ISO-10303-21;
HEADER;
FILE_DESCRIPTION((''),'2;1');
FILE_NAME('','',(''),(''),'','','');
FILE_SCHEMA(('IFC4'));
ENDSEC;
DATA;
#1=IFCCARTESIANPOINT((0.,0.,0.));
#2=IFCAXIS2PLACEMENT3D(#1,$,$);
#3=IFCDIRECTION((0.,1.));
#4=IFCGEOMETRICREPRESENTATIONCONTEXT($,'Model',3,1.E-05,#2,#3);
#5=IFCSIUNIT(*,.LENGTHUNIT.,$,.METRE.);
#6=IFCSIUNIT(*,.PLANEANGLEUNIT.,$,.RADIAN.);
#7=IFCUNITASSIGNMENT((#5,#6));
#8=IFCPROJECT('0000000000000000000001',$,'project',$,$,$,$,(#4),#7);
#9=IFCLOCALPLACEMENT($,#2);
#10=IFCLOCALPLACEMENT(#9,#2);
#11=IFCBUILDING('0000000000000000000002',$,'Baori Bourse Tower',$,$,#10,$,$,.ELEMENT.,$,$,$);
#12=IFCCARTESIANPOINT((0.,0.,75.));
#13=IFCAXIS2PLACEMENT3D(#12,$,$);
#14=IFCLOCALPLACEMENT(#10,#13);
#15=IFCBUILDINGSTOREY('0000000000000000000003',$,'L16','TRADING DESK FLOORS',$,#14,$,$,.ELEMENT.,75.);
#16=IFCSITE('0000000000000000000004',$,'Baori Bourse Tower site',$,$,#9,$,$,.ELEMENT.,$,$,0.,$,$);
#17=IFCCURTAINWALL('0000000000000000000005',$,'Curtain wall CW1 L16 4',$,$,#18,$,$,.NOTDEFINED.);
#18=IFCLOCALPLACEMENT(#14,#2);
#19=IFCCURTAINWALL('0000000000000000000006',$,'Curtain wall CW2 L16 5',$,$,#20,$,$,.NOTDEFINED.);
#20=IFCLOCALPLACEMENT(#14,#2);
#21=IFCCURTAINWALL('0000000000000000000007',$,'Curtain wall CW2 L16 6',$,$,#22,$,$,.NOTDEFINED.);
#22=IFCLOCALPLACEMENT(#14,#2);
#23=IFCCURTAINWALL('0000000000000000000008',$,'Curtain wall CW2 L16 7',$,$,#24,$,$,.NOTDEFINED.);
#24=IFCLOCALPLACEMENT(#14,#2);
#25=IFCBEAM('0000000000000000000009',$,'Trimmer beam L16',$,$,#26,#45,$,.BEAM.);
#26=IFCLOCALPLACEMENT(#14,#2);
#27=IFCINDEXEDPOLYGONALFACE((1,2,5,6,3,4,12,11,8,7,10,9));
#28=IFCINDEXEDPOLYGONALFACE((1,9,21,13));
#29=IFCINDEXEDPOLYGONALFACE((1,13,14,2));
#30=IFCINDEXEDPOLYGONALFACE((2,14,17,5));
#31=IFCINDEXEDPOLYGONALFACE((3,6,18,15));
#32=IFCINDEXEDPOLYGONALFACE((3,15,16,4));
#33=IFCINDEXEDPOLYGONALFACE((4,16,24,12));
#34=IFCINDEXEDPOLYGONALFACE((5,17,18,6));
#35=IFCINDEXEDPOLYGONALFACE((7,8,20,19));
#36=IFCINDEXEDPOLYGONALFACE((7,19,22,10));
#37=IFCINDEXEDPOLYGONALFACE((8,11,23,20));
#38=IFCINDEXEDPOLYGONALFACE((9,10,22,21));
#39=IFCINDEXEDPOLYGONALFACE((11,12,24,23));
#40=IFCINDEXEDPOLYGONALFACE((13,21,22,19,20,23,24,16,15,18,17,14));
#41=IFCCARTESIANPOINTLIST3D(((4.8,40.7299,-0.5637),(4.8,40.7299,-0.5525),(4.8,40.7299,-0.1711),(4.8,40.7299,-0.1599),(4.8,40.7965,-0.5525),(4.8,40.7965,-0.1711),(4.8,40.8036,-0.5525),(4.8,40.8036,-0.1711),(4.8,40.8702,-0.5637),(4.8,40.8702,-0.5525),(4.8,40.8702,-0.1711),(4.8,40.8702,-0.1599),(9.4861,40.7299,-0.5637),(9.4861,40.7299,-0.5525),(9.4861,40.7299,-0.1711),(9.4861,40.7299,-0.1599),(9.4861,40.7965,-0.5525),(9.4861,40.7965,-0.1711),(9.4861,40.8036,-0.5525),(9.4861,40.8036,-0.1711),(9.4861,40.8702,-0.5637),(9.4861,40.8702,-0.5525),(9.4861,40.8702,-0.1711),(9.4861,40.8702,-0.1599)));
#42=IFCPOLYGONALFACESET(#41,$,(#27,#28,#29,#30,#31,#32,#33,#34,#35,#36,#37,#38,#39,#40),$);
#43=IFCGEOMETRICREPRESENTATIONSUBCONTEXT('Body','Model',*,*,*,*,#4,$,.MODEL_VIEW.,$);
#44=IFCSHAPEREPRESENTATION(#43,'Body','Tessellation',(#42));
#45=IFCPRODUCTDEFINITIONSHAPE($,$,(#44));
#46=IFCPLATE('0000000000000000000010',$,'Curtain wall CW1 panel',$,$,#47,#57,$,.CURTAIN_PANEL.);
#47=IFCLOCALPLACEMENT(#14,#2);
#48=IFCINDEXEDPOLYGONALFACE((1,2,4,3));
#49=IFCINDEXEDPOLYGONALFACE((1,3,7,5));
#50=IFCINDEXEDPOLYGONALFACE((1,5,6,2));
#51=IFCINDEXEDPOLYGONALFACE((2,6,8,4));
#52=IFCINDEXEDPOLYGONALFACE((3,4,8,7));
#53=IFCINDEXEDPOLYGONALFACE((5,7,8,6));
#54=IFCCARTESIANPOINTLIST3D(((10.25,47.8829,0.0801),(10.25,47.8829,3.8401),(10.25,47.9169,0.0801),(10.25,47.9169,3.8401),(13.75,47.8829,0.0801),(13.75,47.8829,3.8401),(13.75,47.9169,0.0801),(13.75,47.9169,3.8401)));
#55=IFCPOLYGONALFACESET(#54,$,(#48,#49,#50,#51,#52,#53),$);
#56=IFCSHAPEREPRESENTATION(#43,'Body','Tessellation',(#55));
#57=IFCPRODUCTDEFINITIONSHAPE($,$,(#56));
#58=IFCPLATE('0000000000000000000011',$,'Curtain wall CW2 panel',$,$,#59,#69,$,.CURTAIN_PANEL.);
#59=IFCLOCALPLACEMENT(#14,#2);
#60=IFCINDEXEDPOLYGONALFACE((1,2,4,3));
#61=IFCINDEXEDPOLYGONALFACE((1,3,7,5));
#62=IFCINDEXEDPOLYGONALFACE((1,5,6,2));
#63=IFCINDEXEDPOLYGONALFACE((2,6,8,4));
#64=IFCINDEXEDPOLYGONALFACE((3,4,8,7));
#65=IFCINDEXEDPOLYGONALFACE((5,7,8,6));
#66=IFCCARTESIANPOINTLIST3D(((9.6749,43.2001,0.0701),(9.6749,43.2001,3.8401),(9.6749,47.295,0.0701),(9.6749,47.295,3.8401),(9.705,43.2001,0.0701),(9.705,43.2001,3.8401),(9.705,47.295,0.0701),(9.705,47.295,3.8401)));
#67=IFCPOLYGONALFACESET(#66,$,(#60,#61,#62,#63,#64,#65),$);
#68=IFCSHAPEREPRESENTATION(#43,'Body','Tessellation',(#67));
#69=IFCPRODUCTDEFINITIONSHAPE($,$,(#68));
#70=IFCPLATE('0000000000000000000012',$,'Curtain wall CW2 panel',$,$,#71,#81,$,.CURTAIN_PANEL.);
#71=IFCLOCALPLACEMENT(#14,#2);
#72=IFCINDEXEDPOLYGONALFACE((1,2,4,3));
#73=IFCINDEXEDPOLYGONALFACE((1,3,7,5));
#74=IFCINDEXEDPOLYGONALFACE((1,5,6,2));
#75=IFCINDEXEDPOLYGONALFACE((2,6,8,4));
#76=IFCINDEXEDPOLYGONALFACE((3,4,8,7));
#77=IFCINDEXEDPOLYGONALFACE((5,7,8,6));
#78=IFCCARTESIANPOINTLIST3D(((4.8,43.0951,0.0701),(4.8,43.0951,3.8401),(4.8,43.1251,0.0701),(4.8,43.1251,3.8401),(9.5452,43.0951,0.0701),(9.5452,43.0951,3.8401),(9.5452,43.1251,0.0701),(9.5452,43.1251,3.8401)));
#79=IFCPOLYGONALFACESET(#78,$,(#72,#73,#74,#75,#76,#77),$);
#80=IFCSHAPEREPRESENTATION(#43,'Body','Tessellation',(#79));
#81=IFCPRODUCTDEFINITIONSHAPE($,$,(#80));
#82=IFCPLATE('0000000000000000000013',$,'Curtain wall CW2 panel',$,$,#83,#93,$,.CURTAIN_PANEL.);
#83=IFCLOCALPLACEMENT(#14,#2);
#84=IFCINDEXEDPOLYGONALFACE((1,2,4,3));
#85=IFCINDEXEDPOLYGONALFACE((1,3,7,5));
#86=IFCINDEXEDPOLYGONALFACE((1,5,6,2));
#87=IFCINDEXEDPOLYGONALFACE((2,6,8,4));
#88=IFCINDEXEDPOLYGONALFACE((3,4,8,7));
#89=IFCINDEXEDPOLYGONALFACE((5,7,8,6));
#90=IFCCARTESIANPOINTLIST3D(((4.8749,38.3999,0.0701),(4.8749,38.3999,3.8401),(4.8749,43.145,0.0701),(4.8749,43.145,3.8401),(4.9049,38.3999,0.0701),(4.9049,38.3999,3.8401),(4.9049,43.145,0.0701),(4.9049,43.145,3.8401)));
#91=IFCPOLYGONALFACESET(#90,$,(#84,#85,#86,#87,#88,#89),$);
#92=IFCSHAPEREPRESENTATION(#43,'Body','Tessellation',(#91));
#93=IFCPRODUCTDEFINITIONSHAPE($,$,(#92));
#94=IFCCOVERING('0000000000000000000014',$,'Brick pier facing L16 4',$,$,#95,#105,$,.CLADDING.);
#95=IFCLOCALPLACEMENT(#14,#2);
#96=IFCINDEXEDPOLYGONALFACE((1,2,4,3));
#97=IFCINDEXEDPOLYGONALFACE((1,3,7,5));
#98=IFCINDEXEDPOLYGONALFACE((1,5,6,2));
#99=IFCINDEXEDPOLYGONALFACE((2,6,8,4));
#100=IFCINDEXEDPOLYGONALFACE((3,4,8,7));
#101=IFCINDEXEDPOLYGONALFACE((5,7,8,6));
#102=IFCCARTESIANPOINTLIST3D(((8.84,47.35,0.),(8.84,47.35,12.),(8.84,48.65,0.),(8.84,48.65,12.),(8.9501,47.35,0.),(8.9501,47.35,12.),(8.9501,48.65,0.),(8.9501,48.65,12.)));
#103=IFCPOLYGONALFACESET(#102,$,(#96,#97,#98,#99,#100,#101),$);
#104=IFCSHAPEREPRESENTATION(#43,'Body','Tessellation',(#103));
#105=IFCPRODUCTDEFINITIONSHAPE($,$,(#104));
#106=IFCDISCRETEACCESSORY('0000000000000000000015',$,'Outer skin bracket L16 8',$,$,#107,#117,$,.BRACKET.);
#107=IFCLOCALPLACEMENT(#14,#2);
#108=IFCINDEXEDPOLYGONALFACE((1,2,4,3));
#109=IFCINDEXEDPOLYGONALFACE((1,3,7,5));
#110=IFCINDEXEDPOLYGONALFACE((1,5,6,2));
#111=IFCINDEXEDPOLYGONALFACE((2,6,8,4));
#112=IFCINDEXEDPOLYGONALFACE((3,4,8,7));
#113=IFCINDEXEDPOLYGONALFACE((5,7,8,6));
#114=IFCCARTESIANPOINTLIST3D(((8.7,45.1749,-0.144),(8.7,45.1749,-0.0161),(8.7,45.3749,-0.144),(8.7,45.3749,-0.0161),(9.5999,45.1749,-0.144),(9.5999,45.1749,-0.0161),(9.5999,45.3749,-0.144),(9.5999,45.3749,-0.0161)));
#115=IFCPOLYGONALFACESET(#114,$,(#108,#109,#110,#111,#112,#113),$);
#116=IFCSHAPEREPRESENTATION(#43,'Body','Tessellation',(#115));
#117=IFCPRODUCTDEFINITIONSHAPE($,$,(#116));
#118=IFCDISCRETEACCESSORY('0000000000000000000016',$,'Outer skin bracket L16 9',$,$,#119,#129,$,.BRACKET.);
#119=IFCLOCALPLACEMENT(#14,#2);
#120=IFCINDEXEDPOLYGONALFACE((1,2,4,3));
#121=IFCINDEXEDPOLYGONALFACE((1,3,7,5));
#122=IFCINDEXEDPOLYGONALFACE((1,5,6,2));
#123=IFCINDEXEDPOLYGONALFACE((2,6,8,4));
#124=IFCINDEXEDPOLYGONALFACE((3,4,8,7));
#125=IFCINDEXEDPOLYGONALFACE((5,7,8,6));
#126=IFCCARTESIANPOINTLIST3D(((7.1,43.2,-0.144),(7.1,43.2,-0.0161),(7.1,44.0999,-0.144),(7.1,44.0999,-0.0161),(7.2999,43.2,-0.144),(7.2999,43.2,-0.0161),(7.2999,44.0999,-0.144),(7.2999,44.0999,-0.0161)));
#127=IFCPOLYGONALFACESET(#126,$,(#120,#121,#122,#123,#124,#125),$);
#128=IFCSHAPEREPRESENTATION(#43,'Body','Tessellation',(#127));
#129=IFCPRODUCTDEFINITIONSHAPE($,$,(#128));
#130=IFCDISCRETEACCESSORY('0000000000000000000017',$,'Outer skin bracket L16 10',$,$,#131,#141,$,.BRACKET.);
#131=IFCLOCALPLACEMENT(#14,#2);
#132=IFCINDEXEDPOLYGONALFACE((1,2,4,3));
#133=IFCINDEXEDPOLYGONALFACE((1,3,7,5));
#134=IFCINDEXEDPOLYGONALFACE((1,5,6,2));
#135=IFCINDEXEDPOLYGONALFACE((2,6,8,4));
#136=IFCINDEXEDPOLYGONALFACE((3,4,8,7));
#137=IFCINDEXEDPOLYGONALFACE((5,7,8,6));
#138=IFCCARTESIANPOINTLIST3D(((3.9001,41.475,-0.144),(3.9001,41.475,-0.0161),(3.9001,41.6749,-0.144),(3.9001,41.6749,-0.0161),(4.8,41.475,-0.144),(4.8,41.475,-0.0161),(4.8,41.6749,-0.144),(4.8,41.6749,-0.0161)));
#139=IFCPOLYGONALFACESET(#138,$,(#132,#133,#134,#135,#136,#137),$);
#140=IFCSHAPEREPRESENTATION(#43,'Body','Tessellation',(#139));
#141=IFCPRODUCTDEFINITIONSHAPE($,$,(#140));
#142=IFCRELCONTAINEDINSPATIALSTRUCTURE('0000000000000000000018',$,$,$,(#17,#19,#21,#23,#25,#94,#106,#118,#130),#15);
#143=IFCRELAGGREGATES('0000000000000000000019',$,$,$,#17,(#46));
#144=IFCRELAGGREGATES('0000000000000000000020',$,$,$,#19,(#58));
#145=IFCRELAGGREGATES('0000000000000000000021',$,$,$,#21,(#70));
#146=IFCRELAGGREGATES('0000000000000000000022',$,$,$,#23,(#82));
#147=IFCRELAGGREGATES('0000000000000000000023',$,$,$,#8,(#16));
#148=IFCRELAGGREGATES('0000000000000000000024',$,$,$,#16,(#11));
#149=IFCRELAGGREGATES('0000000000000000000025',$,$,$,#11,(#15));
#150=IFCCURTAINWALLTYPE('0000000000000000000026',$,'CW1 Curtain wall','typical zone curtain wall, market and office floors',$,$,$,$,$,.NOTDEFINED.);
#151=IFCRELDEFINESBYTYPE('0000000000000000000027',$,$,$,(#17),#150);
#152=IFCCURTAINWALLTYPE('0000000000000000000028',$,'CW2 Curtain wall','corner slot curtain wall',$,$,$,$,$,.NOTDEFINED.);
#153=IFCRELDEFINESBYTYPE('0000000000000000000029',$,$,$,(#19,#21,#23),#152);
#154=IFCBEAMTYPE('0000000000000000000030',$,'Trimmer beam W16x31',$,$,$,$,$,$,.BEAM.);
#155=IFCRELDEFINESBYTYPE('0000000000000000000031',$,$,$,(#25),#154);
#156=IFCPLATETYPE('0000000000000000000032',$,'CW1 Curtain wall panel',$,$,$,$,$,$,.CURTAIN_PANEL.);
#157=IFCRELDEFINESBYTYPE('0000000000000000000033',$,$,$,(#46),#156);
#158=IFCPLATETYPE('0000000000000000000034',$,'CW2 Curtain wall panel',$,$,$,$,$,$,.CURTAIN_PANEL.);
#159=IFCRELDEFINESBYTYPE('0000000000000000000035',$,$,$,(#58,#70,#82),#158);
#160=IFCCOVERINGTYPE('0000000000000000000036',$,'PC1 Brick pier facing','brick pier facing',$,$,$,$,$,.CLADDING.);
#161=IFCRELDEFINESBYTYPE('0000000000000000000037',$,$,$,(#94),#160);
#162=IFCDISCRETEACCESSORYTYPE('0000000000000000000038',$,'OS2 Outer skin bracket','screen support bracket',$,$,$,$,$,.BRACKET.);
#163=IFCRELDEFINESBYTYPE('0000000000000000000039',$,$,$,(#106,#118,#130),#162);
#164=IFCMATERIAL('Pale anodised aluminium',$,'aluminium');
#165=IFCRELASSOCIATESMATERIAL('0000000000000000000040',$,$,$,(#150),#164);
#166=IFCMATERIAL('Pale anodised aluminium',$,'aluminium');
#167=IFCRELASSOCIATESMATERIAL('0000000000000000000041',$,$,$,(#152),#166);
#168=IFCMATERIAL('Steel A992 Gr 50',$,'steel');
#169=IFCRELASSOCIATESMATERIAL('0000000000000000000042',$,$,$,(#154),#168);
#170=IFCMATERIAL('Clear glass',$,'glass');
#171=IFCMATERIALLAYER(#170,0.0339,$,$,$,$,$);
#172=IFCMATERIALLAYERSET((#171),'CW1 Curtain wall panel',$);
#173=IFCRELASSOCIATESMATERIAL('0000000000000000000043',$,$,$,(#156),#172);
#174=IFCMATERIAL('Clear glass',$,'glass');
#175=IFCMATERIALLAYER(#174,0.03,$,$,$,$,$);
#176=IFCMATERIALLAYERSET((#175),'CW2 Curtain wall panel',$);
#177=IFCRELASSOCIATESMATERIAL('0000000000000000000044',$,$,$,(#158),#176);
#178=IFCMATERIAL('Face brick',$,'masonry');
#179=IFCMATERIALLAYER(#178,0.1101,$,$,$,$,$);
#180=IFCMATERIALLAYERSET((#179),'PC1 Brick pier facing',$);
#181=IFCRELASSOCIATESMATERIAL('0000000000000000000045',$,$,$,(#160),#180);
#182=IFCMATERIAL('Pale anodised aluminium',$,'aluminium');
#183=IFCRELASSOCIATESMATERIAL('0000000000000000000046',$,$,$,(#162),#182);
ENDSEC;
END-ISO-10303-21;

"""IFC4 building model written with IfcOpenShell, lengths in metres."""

from ifc_helpers import new_model, si_unit, direction, frame, origin, origin_2d, place, context, subcontext, project, spatial, rectangle, i_section, extrude, material, layer, layer_set, material_profile, profile_set, type_object, element, aggregate, save


model = new_model("IFC4")

# Units and contexts
model_context = context("Model", 3, precision=1e-05, world=origin(), true_north=direction((0.0, 1.0)))
body_context = subcontext(model_context, "Body", "Model", "MODEL_VIEW")
ifc_project = project(units=[si_unit("LENGTHUNIT", "METRE"), si_unit("PLANEANGLEUNIT", "RADIAN")], contexts=[model_context])

# Site, building, storey
site_placement = place(None, origin())
site = spatial("IfcSite", under=ifc_project, at=site_placement, Name="Baori Bourse Tower site", CompositionType="ELEMENT", RefElevation=0.0)
building_placement = place(site_placement, origin())
building = spatial("IfcBuilding", under=site, at=building_placement, Name="Baori Bourse Tower", CompositionType="ELEMENT")
storey_placement = place(building_placement, frame((0.0, 0.0, 75.0)))
storey = spatial("IfcBuildingStorey", under=building, at=storey_placement, Name="L16", Description="TRADING DESK FLOORS", CompositionType="ELEMENT", Elevation=75.0)

# Curtain walls
ifc_material_1 = material(Name="Pale anodised aluminium", Category="aluminium")
curtain_wall_type_1 = type_object("IfcCurtainWallType", Name="CW1 Curtain wall", Description="typical zone curtain wall, market and office floors", PredefinedType="NOTDEFINED", material=ifc_material_1)
curtain_wall_1_placement = place(storey_placement, origin())
curtain_wall_1 = element("IfcCurtainWall", 1, at=curtain_wall_1_placement, inside=storey, type_object=curtain_wall_type_1, Name="Curtain wall CW1 L16 4", PredefinedType="NOTDEFINED")
ifc_material_2 = material(Name="Pale anodised aluminium", Category="aluminium")
curtain_wall_type_2 = type_object("IfcCurtainWallType", Name="CW2 Curtain wall", Description="corner slot curtain wall", PredefinedType="NOTDEFINED", material=ifc_material_2)
curtain_wall_2_placement = place(storey_placement, origin())
curtain_wall_2 = element("IfcCurtainWall", 2, at=curtain_wall_2_placement, inside=storey, type_object=curtain_wall_type_2, Name="Curtain wall CW2 L16 5", PredefinedType="NOTDEFINED")
curtain_wall_3_placement = place(storey_placement, origin())
curtain_wall_3 = element("IfcCurtainWall", 3, at=curtain_wall_3_placement, inside=storey, type_object=curtain_wall_type_2, Name="Curtain wall CW2 L16 6", PredefinedType="NOTDEFINED")
curtain_wall_4_placement = place(storey_placement, origin())
curtain_wall_4 = element("IfcCurtainWall", 4, at=curtain_wall_4_placement, inside=storey, type_object=curtain_wall_type_2, Name="Curtain wall CW2 L16 7", PredefinedType="NOTDEFINED")

# Beam
ifc_material_3 = material(Name="Steel A992 Gr 50", Category="steel")
ifc_material_profile_1 = material_profile(ifc_material_3, i_section(OverallWidth=0.1404, OverallDepth=0.4038, WebThickness=0.0071, FlangeThickness=0.0112, at=origin_2d()), Name="W16x31")
ifc_profile_set_1 = profile_set([ifc_material_profile_1], Name="Steel A992 Gr 50")
beam_type_1 = type_object("IfcBeamType", Name="Trimmer beam W16x31", PredefinedType="BEAM", material=ifc_profile_set_1)
beam_1_placement = place(storey_placement, frame((4.8, 40.8, -0.3618), z_axis=(1.0, 0.0, 0.0), x_axis=(0.0, 1.0, 0.0)))
element("IfcBeam", 5, at=beam_1_placement, inside=storey, type_object=beam_type_1, Name="Trimmer beam L16", PredefinedType="BEAM", context=body_context, shape_type="SweptSolid", body=[
    extrude(i_section(OverallWidth=0.1404, OverallDepth=0.4038, WebThickness=0.0071, FlangeThickness=0.0112, at=origin_2d()), origin(), (0.0, 0.0, 1.0), 4.686),
])

# Plates
ifc_material_4 = material(Name="Clear glass", Category="glass")
ifc_layer_1 = layer(ifc_material_4, 0.0339)
ifc_layer_set_1 = layer_set([ifc_layer_1], Name="CW1 Curtain wall panel")
plate_type_1 = type_object("IfcPlateType", Name="CW1 Curtain wall panel", PredefinedType="CURTAIN_PANEL", material=ifc_layer_set_1)
plate_1_placement = place(storey_placement, frame((12.0, 47.8999, 0.0801), z_axis=(0.0, 0.0, 1.0), x_axis=(-1.0, 0.0, 0.0)))
plate_1 = element("IfcPlate", 6, at=plate_1_placement, type_object=plate_type_1, Name="Curtain wall CW1 panel", PredefinedType="CURTAIN_PANEL", context=body_context, shape_type="SweptSolid", body=[
    extrude(rectangle(XDim=3.5, YDim=0.0339, at=origin_2d()), origin(), (0.0, 0.0, 1.0), 3.76),
])
aggregate(curtain_wall_1, [plate_1])
ifc_material_5 = material(Name="Clear glass", Category="glass")
ifc_layer_2 = layer(ifc_material_5, 0.03)
ifc_layer_set_2 = layer_set([ifc_layer_2], Name="CW2 Curtain wall panel")
plate_type_2 = type_object("IfcPlateType", Name="CW2 Curtain wall panel", PredefinedType="CURTAIN_PANEL", material=ifc_layer_set_2)
plate_2_placement = place(storey_placement, frame((9.6899, 45.2476, 0.0701), z_axis=(0.0, 0.0, 1.0), x_axis=(0.0, -1.0, 0.0)))
plate_2 = element("IfcPlate", 7, at=plate_2_placement, type_object=plate_type_2, Name="Curtain wall CW2 panel", PredefinedType="CURTAIN_PANEL", context=body_context, shape_type="SweptSolid", body=[
    extrude(rectangle(XDim=4.095, YDim=0.03, at=origin_2d()), origin(), (0.0, 0.0, 1.0), 3.77),
])
aggregate(curtain_wall_2, [plate_2])
plate_3_placement = place(storey_placement, frame((7.1726, 43.1101, 0.0701), z_axis=(0.0, 0.0, 1.0), x_axis=(-1.0, 0.0, 0.0)))
plate_3 = element("IfcPlate", 8, at=plate_3_placement, type_object=plate_type_2, Name="Curtain wall CW2 panel", PredefinedType="CURTAIN_PANEL", context=body_context, shape_type="SweptSolid", body=[
    extrude(rectangle(XDim=4.7451, YDim=0.03, at=origin_2d()), origin(), (0.0, 0.0, 1.0), 3.77),
])
aggregate(curtain_wall_3, [plate_3])
plate_4_placement = place(storey_placement, frame((4.8899, 40.7725, 0.0701), z_axis=(0.0, 0.0, 1.0), x_axis=(0.0, -1.0, 0.0)))
plate_4 = element("IfcPlate", 9, at=plate_4_placement, type_object=plate_type_2, Name="Curtain wall CW2 panel", PredefinedType="CURTAIN_PANEL", context=body_context, shape_type="SweptSolid", body=[
    extrude(rectangle(XDim=4.7451, YDim=0.03, at=origin_2d()), origin(), (0.0, 0.0, 1.0), 3.77),
])
aggregate(curtain_wall_4, [plate_4])

# Covering
ifc_material_6 = material(Name="Face brick", Category="masonry")
ifc_layer_3 = layer(ifc_material_6, 0.1101)
ifc_layer_set_3 = layer_set([ifc_layer_3], Name="PC1 Brick pier facing")
covering_type = type_object("IfcCoveringType", Name="PC1 Brick pier facing", Description="brick pier facing", PredefinedType="CLADDING", material=ifc_layer_set_3)
covering_placement = place(storey_placement, frame((8.895, 48.0, 0.0), z_axis=(0.0, 0.0, 1.0), x_axis=(1.0, 0.0, 0.0)))
element("IfcCovering", 10, at=covering_placement, inside=storey, type_object=covering_type, Name="Brick pier facing L16 4", PredefinedType="CLADDING", context=body_context, shape_type="SweptSolid", body=[
    extrude(rectangle(XDim=0.1101, YDim=1.3, at=origin_2d()), origin(), (0.0, 0.0, 1.0), 12.0),
])

# Discrete accessories
ifc_material_7 = material(Name="Pale anodised aluminium", Category="aluminium")
discrete_accessory_type = type_object("IfcDiscreteAccessoryType", Name="OS2 Outer skin bracket", Description="screen support bracket", PredefinedType="BRACKET", material=ifc_material_7)
for number, where, z_axis, x_axis, name in (
    (11, (9.1499, 45.2749, -0.144), (0.0, 0.0, 1.0), (0.0, -1.0, 0.0), "Outer skin bracket L16 8"),
    (12, (7.2, 43.6499, -0.144), (0.0, 0.0, 1.0), (-1.0, 0.0, 0.0), "Outer skin bracket L16 9"),
    (13, (4.3501, 41.575, -0.144), (0.0, 0.0, 1.0), (0.0, -1.0, 0.0), "Outer skin bracket L16 10"),
):
    element("IfcDiscreteAccessory", number, at=place(storey_placement, frame(where, z_axis=z_axis, x_axis=x_axis)), inside=storey, type_object=discrete_accessory_type, Name=name, PredefinedType="BRACKET", context=body_context, shape_type="SweptSolid", body=[
        extrude(rectangle(XDim=0.2, YDim=0.8999, at=origin_2d()), origin(), (0.0, 0.0, 1.0), 0.1279),
    ])

save(model, "model.ifc")
